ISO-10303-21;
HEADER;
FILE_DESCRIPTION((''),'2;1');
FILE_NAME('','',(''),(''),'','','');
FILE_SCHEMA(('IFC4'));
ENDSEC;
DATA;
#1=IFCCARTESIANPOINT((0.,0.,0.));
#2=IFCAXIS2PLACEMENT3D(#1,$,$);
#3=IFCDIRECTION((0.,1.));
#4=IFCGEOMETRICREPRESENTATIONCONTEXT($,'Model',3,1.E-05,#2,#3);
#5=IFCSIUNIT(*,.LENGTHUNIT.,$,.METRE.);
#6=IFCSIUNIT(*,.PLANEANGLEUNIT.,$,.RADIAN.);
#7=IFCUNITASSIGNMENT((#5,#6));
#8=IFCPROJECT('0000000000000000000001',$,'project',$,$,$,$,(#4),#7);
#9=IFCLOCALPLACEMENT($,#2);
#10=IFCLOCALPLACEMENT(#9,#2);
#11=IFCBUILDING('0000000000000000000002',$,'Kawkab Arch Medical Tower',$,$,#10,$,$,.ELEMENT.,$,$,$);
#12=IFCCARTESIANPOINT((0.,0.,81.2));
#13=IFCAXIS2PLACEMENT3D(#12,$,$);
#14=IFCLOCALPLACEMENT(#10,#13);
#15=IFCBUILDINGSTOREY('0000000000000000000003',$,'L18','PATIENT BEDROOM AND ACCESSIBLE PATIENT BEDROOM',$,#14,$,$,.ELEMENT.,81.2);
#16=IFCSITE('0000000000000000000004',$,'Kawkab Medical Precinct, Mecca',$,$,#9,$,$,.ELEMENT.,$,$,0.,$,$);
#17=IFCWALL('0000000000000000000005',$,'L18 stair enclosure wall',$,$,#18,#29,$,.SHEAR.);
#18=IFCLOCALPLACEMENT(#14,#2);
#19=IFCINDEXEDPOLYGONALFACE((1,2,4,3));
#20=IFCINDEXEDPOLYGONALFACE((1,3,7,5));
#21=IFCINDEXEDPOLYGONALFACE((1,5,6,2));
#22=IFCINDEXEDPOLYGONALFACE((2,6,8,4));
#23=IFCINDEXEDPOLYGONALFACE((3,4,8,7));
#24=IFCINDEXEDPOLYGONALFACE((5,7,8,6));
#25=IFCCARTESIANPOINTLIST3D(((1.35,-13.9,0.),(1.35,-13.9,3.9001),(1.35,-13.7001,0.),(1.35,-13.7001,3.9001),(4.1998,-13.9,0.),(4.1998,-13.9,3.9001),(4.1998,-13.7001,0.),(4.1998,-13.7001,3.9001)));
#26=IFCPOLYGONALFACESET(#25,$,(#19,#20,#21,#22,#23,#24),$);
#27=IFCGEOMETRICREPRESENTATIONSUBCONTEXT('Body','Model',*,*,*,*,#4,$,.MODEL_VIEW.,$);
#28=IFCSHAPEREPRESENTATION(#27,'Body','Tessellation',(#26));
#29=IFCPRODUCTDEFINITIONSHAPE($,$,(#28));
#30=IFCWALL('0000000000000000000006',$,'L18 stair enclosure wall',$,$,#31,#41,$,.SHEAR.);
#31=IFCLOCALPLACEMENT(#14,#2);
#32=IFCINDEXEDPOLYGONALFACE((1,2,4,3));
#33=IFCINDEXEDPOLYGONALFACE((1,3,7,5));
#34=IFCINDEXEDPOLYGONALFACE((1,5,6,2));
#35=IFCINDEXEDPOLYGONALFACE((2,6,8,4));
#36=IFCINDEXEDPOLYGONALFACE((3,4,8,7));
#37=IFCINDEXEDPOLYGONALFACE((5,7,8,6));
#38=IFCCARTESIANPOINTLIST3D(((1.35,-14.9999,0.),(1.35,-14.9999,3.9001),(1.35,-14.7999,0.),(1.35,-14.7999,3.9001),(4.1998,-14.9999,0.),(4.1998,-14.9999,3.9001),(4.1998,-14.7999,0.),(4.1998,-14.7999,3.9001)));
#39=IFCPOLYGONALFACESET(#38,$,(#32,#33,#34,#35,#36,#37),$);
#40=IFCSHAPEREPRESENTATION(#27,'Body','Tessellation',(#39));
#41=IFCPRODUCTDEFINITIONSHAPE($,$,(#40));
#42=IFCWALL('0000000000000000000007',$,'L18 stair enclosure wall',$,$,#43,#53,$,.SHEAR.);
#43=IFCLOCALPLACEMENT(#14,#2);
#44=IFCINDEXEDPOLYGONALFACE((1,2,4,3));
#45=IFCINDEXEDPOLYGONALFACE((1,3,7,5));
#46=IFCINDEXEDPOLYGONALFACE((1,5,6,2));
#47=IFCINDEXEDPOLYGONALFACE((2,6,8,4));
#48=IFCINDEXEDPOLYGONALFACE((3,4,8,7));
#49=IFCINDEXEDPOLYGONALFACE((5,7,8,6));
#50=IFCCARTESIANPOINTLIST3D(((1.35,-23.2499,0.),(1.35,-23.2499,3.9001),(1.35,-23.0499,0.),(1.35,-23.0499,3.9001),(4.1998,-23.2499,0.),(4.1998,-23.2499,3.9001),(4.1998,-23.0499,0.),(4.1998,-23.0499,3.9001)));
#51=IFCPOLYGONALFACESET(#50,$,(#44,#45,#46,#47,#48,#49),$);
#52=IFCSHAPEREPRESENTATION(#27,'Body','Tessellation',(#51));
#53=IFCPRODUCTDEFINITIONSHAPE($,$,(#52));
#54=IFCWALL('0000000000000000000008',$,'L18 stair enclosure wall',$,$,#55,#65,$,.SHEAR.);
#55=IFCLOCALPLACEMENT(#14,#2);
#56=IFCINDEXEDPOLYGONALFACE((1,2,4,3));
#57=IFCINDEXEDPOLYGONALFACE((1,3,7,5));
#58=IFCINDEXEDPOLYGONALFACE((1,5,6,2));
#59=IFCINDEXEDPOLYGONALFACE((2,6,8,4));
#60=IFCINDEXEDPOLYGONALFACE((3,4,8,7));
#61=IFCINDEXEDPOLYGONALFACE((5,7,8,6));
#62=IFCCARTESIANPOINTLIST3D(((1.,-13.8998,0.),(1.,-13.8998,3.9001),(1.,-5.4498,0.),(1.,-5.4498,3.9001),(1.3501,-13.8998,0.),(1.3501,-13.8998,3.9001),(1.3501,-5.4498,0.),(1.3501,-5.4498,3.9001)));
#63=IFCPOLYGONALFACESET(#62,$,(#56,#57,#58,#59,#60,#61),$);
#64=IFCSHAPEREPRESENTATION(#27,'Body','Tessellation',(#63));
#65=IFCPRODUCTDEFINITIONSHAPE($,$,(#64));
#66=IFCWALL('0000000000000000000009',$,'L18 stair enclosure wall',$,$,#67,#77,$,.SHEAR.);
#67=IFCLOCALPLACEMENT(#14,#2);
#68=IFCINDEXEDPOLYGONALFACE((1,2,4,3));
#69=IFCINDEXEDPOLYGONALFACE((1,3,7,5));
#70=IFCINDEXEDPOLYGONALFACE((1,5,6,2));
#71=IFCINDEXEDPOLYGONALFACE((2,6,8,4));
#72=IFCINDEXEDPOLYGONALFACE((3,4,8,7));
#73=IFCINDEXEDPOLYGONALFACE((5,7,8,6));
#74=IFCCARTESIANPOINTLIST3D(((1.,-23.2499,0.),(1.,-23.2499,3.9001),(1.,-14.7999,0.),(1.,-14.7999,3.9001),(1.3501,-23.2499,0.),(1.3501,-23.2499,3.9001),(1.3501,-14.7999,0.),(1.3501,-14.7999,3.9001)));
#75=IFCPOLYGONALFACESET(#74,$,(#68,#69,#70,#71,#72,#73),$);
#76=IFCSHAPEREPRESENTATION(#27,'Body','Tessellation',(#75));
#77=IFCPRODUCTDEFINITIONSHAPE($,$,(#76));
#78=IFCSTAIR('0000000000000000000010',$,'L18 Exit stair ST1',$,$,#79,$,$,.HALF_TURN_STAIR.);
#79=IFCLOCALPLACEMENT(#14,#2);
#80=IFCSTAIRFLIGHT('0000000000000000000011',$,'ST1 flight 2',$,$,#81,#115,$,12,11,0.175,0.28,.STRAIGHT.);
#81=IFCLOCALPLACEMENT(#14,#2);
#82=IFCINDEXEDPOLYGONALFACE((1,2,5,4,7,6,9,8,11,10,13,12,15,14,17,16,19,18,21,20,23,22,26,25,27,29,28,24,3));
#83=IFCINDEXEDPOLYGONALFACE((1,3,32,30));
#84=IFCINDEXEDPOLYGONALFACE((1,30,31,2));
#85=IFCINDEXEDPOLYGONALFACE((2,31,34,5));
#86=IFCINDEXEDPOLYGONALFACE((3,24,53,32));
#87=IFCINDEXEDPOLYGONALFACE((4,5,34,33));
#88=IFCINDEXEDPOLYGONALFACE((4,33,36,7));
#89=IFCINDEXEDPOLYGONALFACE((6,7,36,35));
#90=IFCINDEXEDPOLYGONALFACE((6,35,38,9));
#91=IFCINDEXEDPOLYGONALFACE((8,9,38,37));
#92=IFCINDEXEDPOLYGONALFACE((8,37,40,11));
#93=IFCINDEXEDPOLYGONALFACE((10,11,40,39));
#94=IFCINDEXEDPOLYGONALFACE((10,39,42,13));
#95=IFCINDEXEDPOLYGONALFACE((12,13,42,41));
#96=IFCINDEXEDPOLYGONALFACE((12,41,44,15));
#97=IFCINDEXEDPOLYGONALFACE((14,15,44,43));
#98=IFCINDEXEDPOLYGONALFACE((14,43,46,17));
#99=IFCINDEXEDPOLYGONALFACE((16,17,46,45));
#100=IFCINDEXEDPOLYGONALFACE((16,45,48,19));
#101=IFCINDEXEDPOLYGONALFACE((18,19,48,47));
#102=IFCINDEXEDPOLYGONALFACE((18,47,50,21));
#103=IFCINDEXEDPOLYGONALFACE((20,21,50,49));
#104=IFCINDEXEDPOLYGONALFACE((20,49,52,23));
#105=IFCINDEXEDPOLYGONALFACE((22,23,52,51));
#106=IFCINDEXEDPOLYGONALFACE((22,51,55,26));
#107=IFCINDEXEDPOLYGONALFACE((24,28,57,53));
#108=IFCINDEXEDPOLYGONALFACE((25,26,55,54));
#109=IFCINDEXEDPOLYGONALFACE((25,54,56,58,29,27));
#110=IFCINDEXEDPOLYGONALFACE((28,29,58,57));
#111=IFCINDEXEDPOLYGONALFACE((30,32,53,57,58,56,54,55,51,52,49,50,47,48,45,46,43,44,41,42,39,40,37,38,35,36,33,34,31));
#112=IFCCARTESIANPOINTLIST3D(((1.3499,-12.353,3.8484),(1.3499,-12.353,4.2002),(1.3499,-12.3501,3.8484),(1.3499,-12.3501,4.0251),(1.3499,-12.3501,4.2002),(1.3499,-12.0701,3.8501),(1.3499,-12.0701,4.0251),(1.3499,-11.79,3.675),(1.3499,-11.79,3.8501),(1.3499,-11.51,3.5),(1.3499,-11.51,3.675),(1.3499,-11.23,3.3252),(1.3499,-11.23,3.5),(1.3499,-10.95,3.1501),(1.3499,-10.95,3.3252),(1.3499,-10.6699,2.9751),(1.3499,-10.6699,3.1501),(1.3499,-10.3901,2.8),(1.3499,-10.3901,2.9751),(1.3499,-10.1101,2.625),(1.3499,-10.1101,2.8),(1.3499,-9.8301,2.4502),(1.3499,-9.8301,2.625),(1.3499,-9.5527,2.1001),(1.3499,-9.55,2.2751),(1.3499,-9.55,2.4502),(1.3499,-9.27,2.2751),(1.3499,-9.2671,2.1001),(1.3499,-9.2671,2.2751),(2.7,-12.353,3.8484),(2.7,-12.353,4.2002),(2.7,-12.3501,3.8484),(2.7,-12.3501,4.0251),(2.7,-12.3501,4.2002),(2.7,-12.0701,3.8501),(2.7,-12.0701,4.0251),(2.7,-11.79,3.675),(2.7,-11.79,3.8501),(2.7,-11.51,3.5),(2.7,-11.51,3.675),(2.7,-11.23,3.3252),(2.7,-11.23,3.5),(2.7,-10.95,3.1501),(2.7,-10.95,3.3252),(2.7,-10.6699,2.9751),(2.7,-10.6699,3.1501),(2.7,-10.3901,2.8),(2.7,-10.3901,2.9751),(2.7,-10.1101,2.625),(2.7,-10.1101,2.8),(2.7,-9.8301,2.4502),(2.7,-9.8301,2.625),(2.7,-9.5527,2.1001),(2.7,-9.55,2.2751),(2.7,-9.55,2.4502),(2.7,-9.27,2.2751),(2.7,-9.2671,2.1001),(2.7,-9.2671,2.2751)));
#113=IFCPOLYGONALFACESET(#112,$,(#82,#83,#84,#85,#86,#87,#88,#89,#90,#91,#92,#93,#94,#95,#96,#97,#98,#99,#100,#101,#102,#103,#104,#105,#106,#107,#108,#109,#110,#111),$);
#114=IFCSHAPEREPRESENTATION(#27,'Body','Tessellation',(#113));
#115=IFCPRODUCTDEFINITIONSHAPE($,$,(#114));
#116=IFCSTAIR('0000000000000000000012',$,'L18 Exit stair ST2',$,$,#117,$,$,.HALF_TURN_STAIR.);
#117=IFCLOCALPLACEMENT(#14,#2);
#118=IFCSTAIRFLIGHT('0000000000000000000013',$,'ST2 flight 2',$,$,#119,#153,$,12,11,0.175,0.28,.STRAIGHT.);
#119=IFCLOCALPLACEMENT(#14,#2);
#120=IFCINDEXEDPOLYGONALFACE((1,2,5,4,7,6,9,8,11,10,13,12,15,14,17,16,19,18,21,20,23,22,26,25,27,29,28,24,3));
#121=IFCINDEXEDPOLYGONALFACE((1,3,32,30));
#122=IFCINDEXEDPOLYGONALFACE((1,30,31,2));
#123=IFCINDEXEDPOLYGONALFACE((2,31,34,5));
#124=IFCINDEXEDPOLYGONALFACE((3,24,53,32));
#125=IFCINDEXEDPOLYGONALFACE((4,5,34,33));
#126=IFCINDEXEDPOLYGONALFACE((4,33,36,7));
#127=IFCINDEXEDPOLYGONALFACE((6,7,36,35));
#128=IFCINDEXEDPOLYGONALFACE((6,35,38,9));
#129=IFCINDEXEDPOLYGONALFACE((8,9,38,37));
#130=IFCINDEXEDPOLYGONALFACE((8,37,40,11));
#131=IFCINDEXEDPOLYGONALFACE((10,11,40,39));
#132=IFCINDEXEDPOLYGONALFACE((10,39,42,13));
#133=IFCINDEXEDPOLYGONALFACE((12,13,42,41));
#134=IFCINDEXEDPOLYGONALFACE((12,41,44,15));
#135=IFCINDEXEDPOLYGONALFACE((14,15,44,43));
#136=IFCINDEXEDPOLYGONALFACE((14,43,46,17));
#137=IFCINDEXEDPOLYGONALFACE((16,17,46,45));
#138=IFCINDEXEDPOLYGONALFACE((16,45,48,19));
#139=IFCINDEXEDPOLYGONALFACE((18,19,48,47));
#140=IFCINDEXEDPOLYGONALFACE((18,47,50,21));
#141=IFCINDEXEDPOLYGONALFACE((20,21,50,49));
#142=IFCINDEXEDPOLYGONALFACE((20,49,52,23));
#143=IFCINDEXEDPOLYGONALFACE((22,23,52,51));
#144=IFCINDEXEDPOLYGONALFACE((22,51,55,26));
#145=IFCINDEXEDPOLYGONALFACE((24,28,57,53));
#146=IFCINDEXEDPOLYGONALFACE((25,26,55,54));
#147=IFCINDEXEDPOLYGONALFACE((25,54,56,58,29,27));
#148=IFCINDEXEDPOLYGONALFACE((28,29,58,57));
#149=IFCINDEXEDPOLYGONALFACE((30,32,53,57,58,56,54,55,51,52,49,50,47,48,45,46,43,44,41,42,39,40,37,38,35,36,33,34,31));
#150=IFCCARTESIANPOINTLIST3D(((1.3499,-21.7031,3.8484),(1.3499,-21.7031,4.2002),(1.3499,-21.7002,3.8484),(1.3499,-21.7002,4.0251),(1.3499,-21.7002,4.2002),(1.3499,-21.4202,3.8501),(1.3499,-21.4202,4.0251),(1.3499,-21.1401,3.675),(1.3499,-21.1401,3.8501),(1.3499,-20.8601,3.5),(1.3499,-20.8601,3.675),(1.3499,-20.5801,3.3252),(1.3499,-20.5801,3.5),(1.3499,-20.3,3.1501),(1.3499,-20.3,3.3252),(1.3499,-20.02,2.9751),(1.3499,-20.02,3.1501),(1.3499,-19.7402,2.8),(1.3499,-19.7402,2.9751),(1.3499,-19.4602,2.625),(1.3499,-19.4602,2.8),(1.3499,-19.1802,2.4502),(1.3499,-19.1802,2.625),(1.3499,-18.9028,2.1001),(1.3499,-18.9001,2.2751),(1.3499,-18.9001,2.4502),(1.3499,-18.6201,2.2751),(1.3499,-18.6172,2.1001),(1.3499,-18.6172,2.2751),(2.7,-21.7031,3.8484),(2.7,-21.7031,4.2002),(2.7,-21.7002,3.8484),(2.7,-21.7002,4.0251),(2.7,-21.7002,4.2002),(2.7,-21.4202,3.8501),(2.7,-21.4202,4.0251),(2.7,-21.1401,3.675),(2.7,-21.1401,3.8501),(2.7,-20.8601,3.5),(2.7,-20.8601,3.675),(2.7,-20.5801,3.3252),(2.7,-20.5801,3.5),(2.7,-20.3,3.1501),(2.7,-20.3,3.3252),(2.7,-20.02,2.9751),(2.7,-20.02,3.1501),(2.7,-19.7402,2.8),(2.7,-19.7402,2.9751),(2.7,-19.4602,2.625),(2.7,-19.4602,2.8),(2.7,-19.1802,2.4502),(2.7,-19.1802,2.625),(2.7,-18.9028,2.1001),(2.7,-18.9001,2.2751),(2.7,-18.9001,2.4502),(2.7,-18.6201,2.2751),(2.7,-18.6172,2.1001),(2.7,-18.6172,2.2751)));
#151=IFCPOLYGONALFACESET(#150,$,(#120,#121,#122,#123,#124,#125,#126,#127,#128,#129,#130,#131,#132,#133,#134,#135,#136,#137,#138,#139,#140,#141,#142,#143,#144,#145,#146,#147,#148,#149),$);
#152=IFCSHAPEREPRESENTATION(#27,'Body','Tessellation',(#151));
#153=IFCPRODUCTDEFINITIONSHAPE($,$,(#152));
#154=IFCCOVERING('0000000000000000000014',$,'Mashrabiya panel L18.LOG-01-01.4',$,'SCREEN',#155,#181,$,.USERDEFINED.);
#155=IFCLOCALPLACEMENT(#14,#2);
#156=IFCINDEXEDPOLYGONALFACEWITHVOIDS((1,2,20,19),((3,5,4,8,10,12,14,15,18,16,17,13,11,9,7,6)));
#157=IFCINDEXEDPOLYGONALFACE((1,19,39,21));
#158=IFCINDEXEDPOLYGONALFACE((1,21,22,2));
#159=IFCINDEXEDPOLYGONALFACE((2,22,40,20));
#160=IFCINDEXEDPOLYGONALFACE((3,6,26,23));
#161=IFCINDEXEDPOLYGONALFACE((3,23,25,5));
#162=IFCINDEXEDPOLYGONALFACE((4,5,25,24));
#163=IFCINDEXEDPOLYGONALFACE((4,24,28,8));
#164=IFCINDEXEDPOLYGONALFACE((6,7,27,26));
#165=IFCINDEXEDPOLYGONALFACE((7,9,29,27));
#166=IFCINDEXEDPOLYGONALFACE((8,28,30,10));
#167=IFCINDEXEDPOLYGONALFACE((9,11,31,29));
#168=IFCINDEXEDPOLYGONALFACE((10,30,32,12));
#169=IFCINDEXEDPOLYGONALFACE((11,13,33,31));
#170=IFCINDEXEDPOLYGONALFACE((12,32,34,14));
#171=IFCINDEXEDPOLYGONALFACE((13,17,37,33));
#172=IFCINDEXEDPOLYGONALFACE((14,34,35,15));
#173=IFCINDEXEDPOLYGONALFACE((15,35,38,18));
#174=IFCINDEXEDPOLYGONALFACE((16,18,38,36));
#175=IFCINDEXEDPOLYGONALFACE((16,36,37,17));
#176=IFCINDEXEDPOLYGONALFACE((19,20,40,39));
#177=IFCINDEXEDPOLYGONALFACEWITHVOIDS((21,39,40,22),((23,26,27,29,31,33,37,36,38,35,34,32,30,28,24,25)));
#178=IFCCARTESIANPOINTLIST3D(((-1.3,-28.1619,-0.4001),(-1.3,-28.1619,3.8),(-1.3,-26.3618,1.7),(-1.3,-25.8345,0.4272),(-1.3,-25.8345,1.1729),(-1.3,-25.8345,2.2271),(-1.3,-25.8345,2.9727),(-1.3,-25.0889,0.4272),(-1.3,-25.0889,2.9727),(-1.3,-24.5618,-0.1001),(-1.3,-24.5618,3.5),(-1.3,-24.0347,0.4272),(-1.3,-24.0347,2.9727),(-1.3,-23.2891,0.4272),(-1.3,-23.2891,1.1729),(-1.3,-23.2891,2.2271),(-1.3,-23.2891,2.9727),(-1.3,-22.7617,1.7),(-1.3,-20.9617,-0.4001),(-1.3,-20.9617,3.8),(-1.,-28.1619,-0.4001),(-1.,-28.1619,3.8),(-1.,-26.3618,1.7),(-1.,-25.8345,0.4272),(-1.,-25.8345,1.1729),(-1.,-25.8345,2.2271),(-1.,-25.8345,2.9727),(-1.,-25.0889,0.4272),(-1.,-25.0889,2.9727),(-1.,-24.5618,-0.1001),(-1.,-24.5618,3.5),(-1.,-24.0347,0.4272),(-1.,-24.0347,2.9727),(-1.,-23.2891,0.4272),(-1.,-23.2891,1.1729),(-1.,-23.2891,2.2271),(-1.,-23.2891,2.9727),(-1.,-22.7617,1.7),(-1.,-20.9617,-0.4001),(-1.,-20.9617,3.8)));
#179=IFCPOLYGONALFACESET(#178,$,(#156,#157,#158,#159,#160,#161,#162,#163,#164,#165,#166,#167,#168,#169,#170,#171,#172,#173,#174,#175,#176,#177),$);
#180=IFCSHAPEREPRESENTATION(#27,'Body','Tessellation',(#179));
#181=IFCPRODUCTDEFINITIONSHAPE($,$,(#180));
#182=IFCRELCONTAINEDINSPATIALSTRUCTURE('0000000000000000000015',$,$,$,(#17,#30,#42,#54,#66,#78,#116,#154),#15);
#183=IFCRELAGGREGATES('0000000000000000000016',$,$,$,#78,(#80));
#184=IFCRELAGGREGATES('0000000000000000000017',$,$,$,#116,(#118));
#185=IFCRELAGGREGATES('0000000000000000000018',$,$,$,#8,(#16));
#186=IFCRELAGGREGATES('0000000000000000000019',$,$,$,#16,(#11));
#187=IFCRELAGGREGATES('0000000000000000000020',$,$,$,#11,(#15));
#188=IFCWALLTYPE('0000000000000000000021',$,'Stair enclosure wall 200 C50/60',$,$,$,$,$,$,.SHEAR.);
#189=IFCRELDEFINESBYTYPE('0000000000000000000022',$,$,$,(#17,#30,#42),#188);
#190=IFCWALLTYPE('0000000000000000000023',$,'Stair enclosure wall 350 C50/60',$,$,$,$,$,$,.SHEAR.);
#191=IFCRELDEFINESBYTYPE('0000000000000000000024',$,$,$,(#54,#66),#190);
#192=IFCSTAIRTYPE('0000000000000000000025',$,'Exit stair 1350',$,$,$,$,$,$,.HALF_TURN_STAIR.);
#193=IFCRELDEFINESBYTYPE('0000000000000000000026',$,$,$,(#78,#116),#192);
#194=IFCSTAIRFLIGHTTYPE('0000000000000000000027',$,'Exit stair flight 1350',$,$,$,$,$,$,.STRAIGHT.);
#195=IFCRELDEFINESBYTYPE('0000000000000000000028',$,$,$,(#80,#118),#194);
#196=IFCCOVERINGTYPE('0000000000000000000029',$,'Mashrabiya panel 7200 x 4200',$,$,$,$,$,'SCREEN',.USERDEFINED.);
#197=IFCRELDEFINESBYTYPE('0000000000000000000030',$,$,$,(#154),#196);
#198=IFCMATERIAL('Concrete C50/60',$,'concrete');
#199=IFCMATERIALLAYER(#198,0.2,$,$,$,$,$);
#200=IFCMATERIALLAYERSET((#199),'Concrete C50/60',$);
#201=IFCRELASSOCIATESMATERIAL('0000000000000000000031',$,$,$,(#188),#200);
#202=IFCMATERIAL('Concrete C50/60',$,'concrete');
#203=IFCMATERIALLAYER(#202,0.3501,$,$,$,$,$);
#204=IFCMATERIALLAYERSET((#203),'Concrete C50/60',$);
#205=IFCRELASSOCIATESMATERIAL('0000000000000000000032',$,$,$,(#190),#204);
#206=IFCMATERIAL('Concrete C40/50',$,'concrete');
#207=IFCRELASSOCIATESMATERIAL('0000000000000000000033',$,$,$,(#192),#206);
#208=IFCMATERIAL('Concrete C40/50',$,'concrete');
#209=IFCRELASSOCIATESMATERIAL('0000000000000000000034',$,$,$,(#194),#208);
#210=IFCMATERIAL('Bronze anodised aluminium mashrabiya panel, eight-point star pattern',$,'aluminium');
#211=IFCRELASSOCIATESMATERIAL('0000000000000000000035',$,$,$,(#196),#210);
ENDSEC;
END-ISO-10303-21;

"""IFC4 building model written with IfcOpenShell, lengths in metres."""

from ifc_helpers import new_model, si_unit, direction, frame, frame_2d, origin, place, context, subcontext, project, spatial, polyline, rectangle, outline, extrude, material, layer, layer_set, material_profile, profile_set, type_object, element, aggregate, save


model = new_model("IFC4")

# Units and contexts
model_context = context("Model", 3, precision=1e-05, world=origin(), true_north=direction((0.0, 1.0)))
body_context = subcontext(model_context, "Body", "Model", "MODEL_VIEW")
ifc_project = project(units=[si_unit("LENGTHUNIT", "METRE"), si_unit("PLANEANGLEUNIT", "RADIAN")], contexts=[model_context])

# Site, building, storey
site_placement = place(None, origin())
site = spatial("IfcSite", under=ifc_project, at=site_placement, Name="Kawkab Medical Precinct, Mecca", CompositionType="ELEMENT", RefElevation=0.0)
building_placement = place(site_placement, origin())
building = spatial("IfcBuilding", under=site, at=building_placement, Name="Kawkab Arch Medical Tower", CompositionType="ELEMENT")
storey_placement = place(building_placement, frame((0.0, 0.0, 81.2)))
storey = spatial("IfcBuildingStorey", under=building, at=storey_placement, Name="L18", Description="PATIENT BEDROOM AND ACCESSIBLE PATIENT BEDROOM", CompositionType="ELEMENT", Elevation=81.2)

# Shared definitions
placement = place(storey_placement, origin())

# Walls
ifc_material_1 = material(Name="Concrete C50/60", Category="concrete")
ifc_layer_1 = layer(ifc_material_1, 0.2)
ifc_layer_set_1 = layer_set([ifc_layer_1], Name="Concrete C50/60")
wall_type_1 = type_object("IfcWallType", Name="Stair enclosure wall 200 C50/60", PredefinedType="SHEAR", material=ifc_layer_set_1)
for number, where, z_axis, x_axis, name in (
    (1, (1.3501, -13.8, 0.0), (0.0, 0.0, 1.0), (1.0, 0.0, 0.0), "L18 stair enclosure wall"),
    (2, (1.3501, -14.8999, 0.0), (0.0, 0.0, 1.0), (1.0, 0.0, 0.0), "L18 stair enclosure wall"),
    (3, (1.3501, -23.1499, 0.0), (0.0, 0.0, 1.0), (1.0, 0.0, 0.0), "L18 stair enclosure wall"),
):
    element("IfcWall", number, at=place(storey_placement, frame(where, z_axis=z_axis, x_axis=x_axis)), inside=storey, type_object=wall_type_1, Name=name, PredefinedType="SHEAR", context=body_context, shape_type="SweptSolid", body=[
        extrude(rectangle(XDim=2.8499, YDim=0.2, at=frame_2d((1.4248, 0.0))), origin(), (0.0, 0.0, 1.0), 3.9001),
    ])
ifc_material_2 = material(Name="Concrete C50/60", Category="concrete")
ifc_layer_2 = layer(ifc_material_2, 0.3501)
ifc_layer_set_2 = layer_set([ifc_layer_2], Name="Concrete C50/60")
wall_type_2 = type_object("IfcWallType", Name="Stair enclosure wall 350 C50/60", PredefinedType="SHEAR", material=ifc_layer_set_2)
for number, where, z_axis, x_axis, name in (
    (4, (1.175, -13.8999, 0.0), (0.0, 0.0, 1.0), (0.0, 1.0, 0.0), "L18 stair enclosure wall"),
    (5, (1.175, -23.25, 0.0), (0.0, 0.0, 1.0), (0.0, 1.0, 0.0), "L18 stair enclosure wall"),
):
    element("IfcWall", number, at=place(storey_placement, frame(where, z_axis=z_axis, x_axis=x_axis)), inside=storey, type_object=wall_type_2, Name=name, PredefinedType="SHEAR", context=body_context, shape_type="SweptSolid", body=[
        extrude(rectangle(XDim=8.45, YDim=0.3501, at=frame_2d((4.2251, 0.0))), origin(), (0.0, 0.0, 1.0), 3.9001),
    ])

# Stairs, stair flights
ifc_material_3 = material(Name="Concrete C40/50", Category="concrete")
stair_type = type_object("IfcStairType", Name="Exit stair 1350", PredefinedType="HALF_TURN_STAIR", material=ifc_material_3)
stair_1 = element("IfcStair", 6, at=placement, inside=storey, type_object=stair_type, Name="L18 Exit stair ST1", PredefinedType="HALF_TURN_STAIR")
ifc_material_4 = material(Name="Concrete C40/50", Category="concrete")
stair_flight_type = type_object("IfcStairFlightType", Name="Exit stair flight 1350", PredefinedType="STRAIGHT", material=ifc_material_4)
stair_flight_1_placement = place(storey_placement, frame((2.0249, -9.27, 2.1001), z_axis=(0.0, 0.0, 1.0), x_axis=(0.0, -1.0, 0.0)))
stair_flight_1 = element("IfcStairFlight", 7, at=stair_flight_1_placement, type_object=stair_flight_type, Name="ST1 flight 2", NumberOfRisers=12, NumberOfTreads=11, PredefinedType="STRAIGHT", RiserHeight=0.175, TreadLength=0.28, context=body_context, shape_type="SweptSolid", body=[
    extrude(outline(polyline([(-0.0029, 0.0), (-0.0029, 0.175), (0.0, 0.175), (0.28, 0.175), (0.28, 0.3501), (0.5601, 0.3501), (0.5601, 0.5249), (0.8401, 0.5249), (0.8401, 0.7), (1.1201, 0.7), (1.1201, 0.875), (1.3999, 0.875), (1.3999, 1.05), (1.6799, 1.05), (1.6799, 1.2251), (1.96, 1.2251), (1.96, 1.3999), (2.24, 1.3999), (2.24, 1.575), (2.52, 1.575), (2.52, 1.75), (2.8, 1.75), (2.8, 1.925), (3.0801, 1.925), (3.0801, 2.1001), (3.083, 2.1001), (3.083, 1.7483), (3.0801, 1.7483), (0.2827, 0.0), (-0.0029, 0.0)])), frame((0.0, 0.675, 0.0), z_axis=(0.0, -1.0, 0.0), x_axis=(1.0, 0.0, 0.0)), (0.0, 0.0, 1.0), 1.3501),
])
aggregate(stair_1, [stair_flight_1])
stair_2 = element("IfcStair", 8, at=placement, inside=storey, type_object=stair_type, Name="L18 Exit stair ST2", PredefinedType="HALF_TURN_STAIR")
stair_flight_2_placement = place(storey_placement, frame((2.0249, -18.6201, 2.1001), z_axis=(0.0, 0.0, 1.0), x_axis=(0.0, -1.0, 0.0)))
stair_flight_2 = element("IfcStairFlight", 9, at=stair_flight_2_placement, type_object=stair_flight_type, Name="ST2 flight 2", NumberOfRisers=12, NumberOfTreads=11, PredefinedType="STRAIGHT", RiserHeight=0.175, TreadLength=0.28, context=body_context, shape_type="SweptSolid", body=[
    extrude(outline(polyline([(-0.0029, 0.0), (-0.0029, 0.175), (0.0, 0.175), (0.28, 0.175), (0.28, 0.3501), (0.5601, 0.3501), (0.5601, 0.5249), (0.8401, 0.5249), (0.8401, 0.7), (1.1201, 0.7), (1.1201, 0.875), (1.3999, 0.875), (1.3999, 1.05), (1.6799, 1.05), (1.6799, 1.2251), (1.96, 1.2251), (1.96, 1.3999), (2.24, 1.3999), (2.24, 1.575), (2.52, 1.575), (2.52, 1.75), (2.8, 1.75), (2.8, 1.925), (3.0801, 1.925), (3.0801, 2.1001), (3.083, 2.1001), (3.083, 1.7483), (3.0801, 1.7483), (0.2827, 0.0), (-0.0029, 0.0)])), frame((0.0, 0.675, 0.0), z_axis=(0.0, -1.0, 0.0), x_axis=(1.0, 0.0, 0.0)), (0.0, 0.0, 1.0), 1.3501),
])
aggregate(stair_2, [stair_flight_2])

# Covering
ifc_material_5 = material(Name="Bronze anodised aluminium mashrabiya panel, eight-point star pattern", Category="aluminium")
ifc_material_profile_1 = material_profile(ifc_material_5, outline(polyline([(-3.6001, -2.1001), (3.6001, -2.1001), (3.6001, 2.1001), (-3.6001, 2.1001), (-3.6001, -2.1001)]), holes=[polyline([(1.8, 0.0), (1.2727, 0.5271), (1.2727, 1.2727), (0.5271, 1.2727), (0.0, 1.8), (-0.5271, 1.2727), (-1.2727, 1.2727), (-1.2727, 0.5271), (-1.8, 0.0), (-1.2727, -0.5271), (-1.2727, -1.2727), (-0.5271, -1.2727), (0.0, -1.8), (0.5271, -1.2727), (1.2727, -1.2727), (1.2727, -0.5271), (1.8, 0.0)])]), Name="Mashrabiya panel 7200x4200")
ifc_profile_set_1 = profile_set([ifc_material_profile_1], Name="Bronze anodised aluminium mashrabiya panel, eight-point star pattern")
covering_type_1 = type_object("IfcCoveringType", Name="Mashrabiya panel 7200 x 4200", ElementType="SCREEN", PredefinedType="USERDEFINED", material=ifc_profile_set_1)
for number, where, z_axis, x_axis, name in (
    (10, (-1.0, -24.5618, 1.7), (-1.0, 0.0, 0.0), (0.0, -1.0, 0.0), "Mashrabiya panel L18.LOG-01-01.4"),
):
    element("IfcCovering", number, at=place(storey_placement, frame(where, z_axis=z_axis, x_axis=x_axis)), inside=storey, type_object=covering_type_1, Name=name, ObjectType="SCREEN", PredefinedType="USERDEFINED", context=body_context, shape_type="SweptSolid", body=[
        extrude(outline(polyline([(-3.6001, -2.1001), (3.6001, -2.1001), (3.6001, 2.1001), (-3.6001, 2.1001), (-3.6001, -2.1001)]), holes=[polyline([(1.8, 0.0), (1.2727, 0.5271), (1.2727, 1.2727), (0.5271, 1.2727), (0.0, 1.8), (-0.5271, 1.2727), (-1.2727, 1.2727), (-1.2727, 0.5271), (-1.8, 0.0), (-1.2727, -0.5271), (-1.2727, -1.2727), (-0.5271, -1.2727), (0.0, -1.8), (0.5271, -1.2727), (1.2727, -1.2727), (1.2727, -0.5271), (1.8, 0.0)])]), origin(), (0.0, 0.0, 1.0), 0.3),
    ])

save(model, "model.ifc")
